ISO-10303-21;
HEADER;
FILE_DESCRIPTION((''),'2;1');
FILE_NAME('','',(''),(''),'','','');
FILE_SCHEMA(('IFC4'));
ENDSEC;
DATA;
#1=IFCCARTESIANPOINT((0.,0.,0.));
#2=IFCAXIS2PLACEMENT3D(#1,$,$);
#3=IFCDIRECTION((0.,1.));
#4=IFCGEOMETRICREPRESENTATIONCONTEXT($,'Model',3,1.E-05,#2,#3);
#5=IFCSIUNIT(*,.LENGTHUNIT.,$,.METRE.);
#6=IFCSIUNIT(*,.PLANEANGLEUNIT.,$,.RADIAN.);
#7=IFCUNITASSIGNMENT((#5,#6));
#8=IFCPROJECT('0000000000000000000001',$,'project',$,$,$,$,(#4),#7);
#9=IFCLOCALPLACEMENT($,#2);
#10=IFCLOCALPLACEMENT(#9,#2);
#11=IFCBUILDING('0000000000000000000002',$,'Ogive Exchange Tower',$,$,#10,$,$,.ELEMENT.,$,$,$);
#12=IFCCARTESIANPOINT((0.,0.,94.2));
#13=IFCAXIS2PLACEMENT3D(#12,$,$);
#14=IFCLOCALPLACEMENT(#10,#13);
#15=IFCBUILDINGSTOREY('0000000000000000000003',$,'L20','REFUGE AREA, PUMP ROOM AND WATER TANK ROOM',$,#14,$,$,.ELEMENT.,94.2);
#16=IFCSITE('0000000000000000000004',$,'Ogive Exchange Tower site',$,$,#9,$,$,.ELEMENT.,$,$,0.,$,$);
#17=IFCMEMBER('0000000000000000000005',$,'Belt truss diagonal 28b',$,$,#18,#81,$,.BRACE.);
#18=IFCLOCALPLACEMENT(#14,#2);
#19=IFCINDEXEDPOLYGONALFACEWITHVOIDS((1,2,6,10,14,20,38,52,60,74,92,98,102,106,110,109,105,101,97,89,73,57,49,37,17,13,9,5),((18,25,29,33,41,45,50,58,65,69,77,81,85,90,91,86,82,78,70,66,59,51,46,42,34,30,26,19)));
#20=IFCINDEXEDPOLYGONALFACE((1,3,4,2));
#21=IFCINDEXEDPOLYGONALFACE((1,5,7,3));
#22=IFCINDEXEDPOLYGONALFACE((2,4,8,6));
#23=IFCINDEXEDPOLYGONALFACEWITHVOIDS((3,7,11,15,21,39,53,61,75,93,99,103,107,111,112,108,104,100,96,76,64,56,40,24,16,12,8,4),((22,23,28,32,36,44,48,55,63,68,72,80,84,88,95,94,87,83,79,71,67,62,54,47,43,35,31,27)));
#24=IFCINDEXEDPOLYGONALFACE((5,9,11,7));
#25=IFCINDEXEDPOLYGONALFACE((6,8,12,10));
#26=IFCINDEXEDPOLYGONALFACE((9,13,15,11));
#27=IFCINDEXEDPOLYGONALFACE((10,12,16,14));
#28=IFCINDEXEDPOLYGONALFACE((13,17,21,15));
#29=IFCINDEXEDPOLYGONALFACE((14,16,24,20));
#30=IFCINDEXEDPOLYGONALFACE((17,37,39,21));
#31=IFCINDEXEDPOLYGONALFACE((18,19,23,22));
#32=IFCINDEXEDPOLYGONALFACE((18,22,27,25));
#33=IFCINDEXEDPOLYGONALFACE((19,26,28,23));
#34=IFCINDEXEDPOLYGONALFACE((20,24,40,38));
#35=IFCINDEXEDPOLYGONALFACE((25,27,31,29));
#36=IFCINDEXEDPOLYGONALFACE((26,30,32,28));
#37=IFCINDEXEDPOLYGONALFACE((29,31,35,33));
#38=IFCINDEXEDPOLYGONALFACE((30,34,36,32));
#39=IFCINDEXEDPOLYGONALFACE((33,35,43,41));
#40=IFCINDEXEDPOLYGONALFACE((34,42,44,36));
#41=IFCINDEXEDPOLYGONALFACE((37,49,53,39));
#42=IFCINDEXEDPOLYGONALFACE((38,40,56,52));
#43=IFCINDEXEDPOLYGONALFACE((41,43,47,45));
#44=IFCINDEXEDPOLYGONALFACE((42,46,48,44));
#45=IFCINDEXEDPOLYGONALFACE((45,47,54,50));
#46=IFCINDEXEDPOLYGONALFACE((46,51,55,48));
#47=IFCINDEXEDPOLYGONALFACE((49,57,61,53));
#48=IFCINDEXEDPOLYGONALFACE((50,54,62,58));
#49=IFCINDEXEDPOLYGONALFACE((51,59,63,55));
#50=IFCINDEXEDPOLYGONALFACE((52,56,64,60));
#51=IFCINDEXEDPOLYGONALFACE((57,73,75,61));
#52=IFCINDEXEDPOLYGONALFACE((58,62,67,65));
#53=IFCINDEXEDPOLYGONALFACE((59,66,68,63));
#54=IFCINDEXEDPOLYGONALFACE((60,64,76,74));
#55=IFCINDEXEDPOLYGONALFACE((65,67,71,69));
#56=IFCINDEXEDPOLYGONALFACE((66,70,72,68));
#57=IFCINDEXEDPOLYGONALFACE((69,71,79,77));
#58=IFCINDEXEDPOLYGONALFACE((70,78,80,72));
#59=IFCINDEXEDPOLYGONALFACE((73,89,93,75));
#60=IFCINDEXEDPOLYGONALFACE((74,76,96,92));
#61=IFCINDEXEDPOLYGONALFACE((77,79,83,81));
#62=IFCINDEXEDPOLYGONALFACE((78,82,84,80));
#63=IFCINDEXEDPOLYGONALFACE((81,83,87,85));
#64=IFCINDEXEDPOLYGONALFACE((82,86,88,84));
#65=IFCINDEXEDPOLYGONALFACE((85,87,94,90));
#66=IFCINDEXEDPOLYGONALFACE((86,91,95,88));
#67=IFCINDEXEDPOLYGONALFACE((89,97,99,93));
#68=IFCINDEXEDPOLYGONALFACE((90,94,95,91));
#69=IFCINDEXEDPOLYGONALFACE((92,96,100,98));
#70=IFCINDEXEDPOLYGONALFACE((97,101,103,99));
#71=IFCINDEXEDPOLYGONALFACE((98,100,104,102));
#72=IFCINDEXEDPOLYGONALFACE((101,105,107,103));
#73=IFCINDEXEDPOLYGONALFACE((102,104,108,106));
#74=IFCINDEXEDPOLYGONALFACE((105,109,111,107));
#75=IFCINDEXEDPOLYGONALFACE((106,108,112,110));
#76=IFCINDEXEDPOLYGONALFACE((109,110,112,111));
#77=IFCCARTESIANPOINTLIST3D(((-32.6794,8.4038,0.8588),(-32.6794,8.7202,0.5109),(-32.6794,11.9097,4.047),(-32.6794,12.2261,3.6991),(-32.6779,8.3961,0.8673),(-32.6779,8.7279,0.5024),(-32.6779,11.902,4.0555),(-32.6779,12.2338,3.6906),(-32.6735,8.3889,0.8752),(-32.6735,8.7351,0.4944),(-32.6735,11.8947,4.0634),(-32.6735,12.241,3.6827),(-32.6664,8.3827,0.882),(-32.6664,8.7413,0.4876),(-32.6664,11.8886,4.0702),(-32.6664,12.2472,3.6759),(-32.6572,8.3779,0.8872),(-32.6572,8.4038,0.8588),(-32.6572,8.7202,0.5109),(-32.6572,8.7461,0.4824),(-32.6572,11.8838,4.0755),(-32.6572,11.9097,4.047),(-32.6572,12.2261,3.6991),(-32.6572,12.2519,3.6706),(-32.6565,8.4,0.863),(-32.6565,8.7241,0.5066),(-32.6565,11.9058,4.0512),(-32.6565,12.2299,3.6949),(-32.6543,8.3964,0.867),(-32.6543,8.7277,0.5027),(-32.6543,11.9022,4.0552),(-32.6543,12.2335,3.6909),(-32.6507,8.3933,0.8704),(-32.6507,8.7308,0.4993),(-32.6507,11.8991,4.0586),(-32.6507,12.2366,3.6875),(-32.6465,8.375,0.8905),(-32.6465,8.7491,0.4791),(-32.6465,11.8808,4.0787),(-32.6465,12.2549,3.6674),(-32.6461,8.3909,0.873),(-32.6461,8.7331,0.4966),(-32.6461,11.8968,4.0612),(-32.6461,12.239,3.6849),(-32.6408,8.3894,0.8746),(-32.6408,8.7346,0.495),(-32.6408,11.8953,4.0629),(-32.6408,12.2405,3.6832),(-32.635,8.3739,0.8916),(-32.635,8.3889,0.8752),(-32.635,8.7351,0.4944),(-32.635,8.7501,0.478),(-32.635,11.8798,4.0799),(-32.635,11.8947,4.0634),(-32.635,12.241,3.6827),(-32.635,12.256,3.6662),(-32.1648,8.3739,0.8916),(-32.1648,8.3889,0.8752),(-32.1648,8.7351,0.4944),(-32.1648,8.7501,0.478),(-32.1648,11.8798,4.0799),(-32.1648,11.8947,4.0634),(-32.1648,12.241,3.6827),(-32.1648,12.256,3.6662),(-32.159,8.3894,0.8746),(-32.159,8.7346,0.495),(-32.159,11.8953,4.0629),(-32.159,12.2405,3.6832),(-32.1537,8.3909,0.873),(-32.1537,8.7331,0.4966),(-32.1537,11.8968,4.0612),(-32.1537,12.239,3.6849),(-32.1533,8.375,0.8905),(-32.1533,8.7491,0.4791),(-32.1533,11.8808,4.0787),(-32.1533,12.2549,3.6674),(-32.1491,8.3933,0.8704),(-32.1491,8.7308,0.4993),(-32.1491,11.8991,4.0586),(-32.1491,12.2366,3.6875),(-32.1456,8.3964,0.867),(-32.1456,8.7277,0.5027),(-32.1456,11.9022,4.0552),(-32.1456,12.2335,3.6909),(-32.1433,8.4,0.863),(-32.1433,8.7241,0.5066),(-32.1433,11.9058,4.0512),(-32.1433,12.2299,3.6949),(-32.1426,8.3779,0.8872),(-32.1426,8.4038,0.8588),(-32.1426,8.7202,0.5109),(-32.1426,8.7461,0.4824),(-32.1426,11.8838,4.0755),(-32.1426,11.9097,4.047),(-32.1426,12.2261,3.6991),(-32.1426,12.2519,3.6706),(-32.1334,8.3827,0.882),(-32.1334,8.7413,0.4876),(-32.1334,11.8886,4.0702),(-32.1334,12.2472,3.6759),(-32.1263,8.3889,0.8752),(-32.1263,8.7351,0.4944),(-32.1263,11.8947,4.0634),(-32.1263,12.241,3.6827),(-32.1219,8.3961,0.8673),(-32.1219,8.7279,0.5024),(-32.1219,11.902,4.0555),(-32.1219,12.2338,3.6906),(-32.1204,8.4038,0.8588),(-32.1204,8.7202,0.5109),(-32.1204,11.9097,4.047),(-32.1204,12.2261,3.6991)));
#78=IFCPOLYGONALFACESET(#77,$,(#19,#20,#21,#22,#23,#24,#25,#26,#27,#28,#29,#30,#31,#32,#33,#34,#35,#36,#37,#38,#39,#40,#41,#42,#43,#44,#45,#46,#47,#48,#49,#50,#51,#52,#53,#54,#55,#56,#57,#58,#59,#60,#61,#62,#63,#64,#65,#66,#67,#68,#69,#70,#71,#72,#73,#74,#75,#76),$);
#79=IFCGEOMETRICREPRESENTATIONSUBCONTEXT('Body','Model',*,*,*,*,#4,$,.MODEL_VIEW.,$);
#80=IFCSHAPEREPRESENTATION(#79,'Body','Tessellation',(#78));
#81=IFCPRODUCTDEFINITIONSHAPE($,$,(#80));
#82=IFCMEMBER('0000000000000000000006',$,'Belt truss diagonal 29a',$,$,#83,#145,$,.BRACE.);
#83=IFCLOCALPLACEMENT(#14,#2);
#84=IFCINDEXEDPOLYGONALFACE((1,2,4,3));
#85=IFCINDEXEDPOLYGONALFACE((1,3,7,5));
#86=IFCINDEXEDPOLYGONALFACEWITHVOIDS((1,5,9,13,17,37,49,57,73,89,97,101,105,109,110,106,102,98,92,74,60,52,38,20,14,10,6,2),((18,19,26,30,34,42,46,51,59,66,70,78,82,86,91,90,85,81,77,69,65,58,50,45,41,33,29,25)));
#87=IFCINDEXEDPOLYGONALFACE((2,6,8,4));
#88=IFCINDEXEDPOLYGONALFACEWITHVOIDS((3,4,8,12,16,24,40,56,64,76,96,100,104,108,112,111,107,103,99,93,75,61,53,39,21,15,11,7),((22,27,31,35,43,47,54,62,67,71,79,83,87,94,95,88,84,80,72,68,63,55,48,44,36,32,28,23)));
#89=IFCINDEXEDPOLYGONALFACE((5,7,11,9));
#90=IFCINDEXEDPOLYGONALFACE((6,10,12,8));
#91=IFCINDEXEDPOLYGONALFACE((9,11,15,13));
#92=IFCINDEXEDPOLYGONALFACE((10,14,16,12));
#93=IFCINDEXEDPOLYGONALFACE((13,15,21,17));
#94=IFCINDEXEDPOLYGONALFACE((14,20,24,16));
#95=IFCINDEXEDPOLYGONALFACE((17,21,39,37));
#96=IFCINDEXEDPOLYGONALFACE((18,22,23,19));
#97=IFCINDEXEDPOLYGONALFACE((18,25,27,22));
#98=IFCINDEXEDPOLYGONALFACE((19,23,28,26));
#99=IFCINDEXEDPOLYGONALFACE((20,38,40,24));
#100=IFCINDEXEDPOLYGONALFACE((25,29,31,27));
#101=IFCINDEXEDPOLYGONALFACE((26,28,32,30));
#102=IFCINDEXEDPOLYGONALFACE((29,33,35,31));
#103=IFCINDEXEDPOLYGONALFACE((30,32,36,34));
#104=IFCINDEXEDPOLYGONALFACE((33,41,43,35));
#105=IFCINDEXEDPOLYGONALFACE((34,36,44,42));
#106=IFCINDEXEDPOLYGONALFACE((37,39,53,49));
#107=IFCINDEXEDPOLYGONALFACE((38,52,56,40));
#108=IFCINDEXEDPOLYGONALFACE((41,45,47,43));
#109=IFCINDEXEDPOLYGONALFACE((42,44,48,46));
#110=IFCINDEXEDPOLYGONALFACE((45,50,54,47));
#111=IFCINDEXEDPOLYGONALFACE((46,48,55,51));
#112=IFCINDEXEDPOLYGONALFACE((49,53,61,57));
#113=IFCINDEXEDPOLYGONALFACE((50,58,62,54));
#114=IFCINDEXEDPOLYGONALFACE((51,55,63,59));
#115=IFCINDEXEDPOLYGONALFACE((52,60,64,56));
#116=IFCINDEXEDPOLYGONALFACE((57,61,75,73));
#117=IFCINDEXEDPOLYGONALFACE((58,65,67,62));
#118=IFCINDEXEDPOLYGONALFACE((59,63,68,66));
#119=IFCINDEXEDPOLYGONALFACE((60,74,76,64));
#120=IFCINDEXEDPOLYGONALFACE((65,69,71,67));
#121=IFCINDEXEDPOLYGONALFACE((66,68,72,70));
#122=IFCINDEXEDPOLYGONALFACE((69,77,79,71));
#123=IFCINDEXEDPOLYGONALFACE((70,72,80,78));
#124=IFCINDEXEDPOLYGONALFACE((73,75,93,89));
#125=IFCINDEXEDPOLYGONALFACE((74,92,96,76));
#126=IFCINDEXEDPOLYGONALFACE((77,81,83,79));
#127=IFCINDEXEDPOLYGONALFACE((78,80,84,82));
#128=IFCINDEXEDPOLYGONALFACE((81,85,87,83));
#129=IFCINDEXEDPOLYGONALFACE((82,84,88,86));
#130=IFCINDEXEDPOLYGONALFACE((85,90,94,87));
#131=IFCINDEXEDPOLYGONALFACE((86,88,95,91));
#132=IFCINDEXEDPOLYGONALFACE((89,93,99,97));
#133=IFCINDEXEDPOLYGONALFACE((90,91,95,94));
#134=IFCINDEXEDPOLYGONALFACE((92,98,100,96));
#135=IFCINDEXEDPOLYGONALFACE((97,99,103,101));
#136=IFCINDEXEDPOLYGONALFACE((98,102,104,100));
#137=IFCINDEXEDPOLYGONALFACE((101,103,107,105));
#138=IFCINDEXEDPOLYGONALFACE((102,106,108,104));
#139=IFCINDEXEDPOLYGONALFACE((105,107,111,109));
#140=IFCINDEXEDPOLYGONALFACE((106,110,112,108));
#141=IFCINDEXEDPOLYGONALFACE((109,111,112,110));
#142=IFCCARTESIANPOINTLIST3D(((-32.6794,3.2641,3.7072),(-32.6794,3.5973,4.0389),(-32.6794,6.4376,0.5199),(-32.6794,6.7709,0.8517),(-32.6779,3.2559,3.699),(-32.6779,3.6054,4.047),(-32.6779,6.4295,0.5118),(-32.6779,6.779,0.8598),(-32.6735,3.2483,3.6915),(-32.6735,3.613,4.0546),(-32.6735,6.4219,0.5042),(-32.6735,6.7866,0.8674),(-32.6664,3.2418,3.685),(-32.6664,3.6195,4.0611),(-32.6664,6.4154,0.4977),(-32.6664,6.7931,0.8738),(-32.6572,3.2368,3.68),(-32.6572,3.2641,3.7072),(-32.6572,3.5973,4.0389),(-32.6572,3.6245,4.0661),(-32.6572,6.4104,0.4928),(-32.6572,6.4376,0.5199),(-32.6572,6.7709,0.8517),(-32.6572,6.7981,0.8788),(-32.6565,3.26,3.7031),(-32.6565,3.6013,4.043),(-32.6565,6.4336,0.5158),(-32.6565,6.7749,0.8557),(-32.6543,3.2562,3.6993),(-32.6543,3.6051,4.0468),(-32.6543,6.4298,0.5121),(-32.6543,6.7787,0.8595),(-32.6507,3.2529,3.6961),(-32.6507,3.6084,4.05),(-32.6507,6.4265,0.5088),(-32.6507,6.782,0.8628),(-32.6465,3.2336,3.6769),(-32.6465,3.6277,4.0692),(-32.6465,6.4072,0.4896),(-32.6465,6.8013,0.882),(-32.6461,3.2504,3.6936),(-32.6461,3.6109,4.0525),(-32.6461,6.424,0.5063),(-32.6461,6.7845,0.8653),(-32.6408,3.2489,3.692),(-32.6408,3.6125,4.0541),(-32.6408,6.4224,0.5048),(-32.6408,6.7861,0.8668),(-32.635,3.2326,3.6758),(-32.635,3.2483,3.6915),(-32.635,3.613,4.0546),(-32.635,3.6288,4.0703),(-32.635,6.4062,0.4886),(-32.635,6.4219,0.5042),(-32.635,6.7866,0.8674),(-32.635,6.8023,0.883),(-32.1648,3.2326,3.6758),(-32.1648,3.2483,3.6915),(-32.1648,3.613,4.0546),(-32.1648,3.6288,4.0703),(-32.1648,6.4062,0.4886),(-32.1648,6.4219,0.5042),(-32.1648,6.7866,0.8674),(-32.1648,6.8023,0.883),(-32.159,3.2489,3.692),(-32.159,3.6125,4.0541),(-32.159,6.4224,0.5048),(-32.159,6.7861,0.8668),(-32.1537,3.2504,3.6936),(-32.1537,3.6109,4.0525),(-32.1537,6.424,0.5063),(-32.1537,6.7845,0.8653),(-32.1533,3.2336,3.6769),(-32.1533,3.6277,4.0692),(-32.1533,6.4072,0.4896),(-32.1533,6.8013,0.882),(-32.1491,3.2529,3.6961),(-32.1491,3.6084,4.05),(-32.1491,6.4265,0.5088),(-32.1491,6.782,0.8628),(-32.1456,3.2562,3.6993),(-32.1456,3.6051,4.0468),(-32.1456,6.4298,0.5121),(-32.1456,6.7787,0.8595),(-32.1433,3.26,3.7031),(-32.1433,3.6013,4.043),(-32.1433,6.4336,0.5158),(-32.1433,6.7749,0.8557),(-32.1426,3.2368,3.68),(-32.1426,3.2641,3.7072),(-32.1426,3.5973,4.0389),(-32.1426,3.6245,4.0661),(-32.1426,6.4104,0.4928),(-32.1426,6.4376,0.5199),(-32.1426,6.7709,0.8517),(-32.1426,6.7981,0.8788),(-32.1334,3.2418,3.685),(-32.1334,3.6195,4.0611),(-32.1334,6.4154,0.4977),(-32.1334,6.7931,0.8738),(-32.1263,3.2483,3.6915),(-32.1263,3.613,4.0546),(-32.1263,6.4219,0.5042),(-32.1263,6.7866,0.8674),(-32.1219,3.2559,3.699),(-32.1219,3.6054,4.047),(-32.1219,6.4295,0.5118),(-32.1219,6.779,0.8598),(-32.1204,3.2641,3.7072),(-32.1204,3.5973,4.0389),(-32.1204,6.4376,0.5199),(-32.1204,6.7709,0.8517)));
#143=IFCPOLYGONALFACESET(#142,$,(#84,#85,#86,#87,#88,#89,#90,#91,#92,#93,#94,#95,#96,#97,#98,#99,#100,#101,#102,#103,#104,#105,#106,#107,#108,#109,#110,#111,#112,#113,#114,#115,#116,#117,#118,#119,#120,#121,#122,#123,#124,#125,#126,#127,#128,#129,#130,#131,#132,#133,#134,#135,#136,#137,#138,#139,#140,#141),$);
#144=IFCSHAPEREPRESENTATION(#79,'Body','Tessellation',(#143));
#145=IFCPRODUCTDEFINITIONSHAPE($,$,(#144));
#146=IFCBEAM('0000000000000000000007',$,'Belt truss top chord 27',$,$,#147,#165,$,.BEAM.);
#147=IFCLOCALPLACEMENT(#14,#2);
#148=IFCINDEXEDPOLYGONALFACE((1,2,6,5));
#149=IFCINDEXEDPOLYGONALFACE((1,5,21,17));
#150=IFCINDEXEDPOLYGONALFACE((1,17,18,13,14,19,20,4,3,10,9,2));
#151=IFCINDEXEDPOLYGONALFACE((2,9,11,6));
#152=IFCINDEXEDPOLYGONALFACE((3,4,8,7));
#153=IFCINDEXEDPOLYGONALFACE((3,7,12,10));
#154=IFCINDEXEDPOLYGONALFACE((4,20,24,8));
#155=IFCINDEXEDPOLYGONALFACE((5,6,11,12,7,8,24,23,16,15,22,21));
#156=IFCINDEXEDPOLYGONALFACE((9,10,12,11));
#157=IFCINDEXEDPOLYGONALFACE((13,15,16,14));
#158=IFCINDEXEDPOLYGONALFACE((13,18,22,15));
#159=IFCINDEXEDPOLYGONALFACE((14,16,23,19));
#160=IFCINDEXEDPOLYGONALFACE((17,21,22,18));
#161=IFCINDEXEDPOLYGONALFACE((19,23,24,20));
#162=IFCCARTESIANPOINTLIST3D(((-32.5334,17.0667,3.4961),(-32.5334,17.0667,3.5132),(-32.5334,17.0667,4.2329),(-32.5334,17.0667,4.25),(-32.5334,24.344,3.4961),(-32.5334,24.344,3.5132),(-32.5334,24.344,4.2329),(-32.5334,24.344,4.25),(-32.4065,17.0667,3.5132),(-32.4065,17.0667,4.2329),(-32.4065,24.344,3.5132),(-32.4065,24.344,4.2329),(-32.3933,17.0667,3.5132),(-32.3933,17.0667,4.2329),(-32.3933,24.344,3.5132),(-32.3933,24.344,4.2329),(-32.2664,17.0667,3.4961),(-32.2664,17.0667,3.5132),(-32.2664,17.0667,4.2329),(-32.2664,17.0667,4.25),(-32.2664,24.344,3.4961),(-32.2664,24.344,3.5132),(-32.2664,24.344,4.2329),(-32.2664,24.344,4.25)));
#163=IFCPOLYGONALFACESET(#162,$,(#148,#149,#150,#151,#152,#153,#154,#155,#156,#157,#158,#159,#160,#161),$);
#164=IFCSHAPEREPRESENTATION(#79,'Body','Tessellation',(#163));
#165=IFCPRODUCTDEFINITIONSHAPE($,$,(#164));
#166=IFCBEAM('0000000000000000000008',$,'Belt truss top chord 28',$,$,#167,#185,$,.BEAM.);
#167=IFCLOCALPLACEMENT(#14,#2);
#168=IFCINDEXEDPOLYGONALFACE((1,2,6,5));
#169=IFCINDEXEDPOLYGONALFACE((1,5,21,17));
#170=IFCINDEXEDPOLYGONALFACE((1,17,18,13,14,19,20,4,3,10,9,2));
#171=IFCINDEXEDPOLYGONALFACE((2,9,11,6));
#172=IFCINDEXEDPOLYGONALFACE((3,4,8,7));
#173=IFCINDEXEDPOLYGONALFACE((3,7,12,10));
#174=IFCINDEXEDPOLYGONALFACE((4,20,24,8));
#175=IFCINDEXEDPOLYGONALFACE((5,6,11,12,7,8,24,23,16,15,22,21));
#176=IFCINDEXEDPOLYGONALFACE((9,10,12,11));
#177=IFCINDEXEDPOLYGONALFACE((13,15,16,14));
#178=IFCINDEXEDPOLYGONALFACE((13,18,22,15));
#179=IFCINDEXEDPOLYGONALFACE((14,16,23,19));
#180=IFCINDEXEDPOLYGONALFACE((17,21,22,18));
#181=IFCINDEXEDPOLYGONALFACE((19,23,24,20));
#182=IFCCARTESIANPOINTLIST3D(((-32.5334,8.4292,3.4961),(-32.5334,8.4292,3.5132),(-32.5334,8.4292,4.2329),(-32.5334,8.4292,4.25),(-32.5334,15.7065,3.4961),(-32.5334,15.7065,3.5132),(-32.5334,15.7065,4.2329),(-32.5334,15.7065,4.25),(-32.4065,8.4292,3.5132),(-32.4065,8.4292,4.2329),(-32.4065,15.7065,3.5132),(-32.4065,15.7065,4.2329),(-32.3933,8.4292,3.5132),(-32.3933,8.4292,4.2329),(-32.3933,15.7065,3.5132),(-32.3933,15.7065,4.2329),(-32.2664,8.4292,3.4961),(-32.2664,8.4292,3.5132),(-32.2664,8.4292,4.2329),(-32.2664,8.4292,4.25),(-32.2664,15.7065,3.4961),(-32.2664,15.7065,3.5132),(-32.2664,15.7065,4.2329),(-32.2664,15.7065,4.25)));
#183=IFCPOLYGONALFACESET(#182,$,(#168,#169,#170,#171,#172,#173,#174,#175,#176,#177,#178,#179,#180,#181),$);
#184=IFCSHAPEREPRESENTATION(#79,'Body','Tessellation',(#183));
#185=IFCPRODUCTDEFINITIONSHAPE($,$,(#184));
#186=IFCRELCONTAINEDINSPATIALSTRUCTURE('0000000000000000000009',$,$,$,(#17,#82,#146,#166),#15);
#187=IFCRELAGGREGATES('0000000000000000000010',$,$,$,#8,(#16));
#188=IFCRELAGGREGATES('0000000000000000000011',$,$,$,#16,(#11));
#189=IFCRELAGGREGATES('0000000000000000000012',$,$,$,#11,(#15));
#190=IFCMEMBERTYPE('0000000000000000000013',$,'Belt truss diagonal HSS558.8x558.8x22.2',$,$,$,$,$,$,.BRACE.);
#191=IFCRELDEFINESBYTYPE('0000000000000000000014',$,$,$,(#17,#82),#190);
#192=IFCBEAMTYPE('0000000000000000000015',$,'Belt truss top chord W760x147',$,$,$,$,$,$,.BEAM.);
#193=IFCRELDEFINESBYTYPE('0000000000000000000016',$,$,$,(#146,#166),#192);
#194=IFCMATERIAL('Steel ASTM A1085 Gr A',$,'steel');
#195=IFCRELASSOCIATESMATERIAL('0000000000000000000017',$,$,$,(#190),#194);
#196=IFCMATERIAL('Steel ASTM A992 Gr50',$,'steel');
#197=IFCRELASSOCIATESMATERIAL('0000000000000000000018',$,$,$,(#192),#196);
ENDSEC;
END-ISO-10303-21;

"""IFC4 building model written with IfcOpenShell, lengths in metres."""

from ifc_helpers import new_model, si_unit, direction, frame, origin, origin_2d, place, context, subcontext, project, spatial, hollow_rectangle, i_section, extrude, material, material_profile, profile_set, type_object, element, save


model = new_model("IFC4")

# Units and contexts
model_context = context("Model", 3, precision=1e-05, world=origin(), true_north=direction((0.0, 1.0)))
body_context = subcontext(model_context, "Body", "Model", "MODEL_VIEW")
ifc_project = project(units=[si_unit("LENGTHUNIT", "METRE"), si_unit("PLANEANGLEUNIT", "RADIAN")], contexts=[model_context])

# Site, building, storey
site_placement = place(None, origin())
site = spatial("IfcSite", under=ifc_project, at=site_placement, Name="Ogive Exchange Tower site", CompositionType="ELEMENT", RefElevation=0.0)
building_placement = place(site_placement, origin())
building = spatial("IfcBuilding", under=site, at=building_placement, Name="Ogive Exchange Tower", CompositionType="ELEMENT")
storey_placement = place(building_placement, frame((0.0, 0.0, 94.2)))
storey = spatial("IfcBuildingStorey", under=building, at=storey_placement, Name="L20", Description="REFUGE AREA, PUMP ROOM AND WATER TANK ROOM", CompositionType="ELEMENT", Elevation=94.2)

# Shared definitions
ifc_material_1 = material(Name="Steel ASTM A992 Gr50", Category="steel")

# Members
ifc_material_2 = material(Name="Steel ASTM A1085 Gr A", Category="steel")
ifc_material_profile_1 = material_profile(ifc_material_2, hollow_rectangle(XDim=0.5591, YDim=0.5591, WallThickness=0.0222, InnerFilletRadius=0.0222, OuterFilletRadius=0.0444, at=origin_2d()), Name="HSS558.8x558.8x22.2")
ifc_profile_set_1 = profile_set([ifc_material_profile_1], Name="Steel ASTM A1085 Gr A")
member_type_1 = type_object("IfcMemberType", Name="Belt truss diagonal HSS558.8x558.8x22.2", PredefinedType="BRACE", material=ifc_profile_set_1)
member_1_placement = place(storey_placement, frame((-32.3999, 8.562, 0.6848), z_axis=(0.0, 0.739826, 0.672798), x_axis=(-1.0, 0.0, 0.0)))
element("IfcMember", 1, at=member_1_placement, inside=storey, type_object=member_type_1, Name="Belt truss diagonal 28b", PredefinedType="BRACE", context=body_context, shape_type="SweptSolid", body=[
    extrude(hollow_rectangle(XDim=0.5591, YDim=0.5591, WallThickness=0.0222, InnerFilletRadius=0.0222, OuterFilletRadius=0.0444, at=origin_2d()), origin(), (0.0, 0.0, 1.0), 4.7388),
])
member_2_placement = place(storey_placement, frame((-32.3999, 6.6042, 0.6858), z_axis=(0.0, -0.705585, 0.708625), x_axis=(1.0, 0.0, 0.0)))
element("IfcMember", 2, at=member_2_placement, inside=storey, type_object=member_type_1, Name="Belt truss diagonal 29a", PredefinedType="BRACE", context=body_context, shape_type="SweptSolid", body=[
    extrude(hollow_rectangle(XDim=0.5591, YDim=0.5591, WallThickness=0.0222, InnerFilletRadius=0.0222, OuterFilletRadius=0.0444, at=origin_2d()), origin(), (0.0, 0.0, 1.0), 4.4978),
])

# Beams
ifc_material_profile_2 = material_profile(ifc_material_1, i_section(OverallWidth=0.2671, OverallDepth=0.7539, WebThickness=0.0132, FlangeThickness=0.0171, at=origin_2d()), Name="W760x147")
ifc_profile_set_2 = profile_set([ifc_material_profile_2], Name="Steel ASTM A992 Gr50")
beam_type_1 = type_object("IfcBeamType", Name="Belt truss top chord W760x147", PredefinedType="BEAM", material=ifc_profile_set_2)
for number, where, z_axis, x_axis, name in (
    (3, (-32.3999, 24.344, 3.873), (0.0, -1.0, 0.0), (1.0, 0.0, 0.0), "Belt truss top chord 27"),
    (4, (-32.3999, 15.7065, 3.873), (0.0, -1.0, 0.0), (1.0, 0.0, 0.0), "Belt truss top chord 28"),
):
    element("IfcBeam", number, at=place(storey_placement, frame(where, z_axis=z_axis, x_axis=x_axis)), inside=storey, type_object=beam_type_1, Name=name, PredefinedType="BEAM", context=body_context, shape_type="SweptSolid", body=[
        extrude(i_section(OverallWidth=0.2671, OverallDepth=0.7539, WebThickness=0.0132, FlangeThickness=0.0171, at=origin_2d()), origin(), (0.0, 0.0, 1.0), 7.2773),
    ])

save(model, "model.ifc")
